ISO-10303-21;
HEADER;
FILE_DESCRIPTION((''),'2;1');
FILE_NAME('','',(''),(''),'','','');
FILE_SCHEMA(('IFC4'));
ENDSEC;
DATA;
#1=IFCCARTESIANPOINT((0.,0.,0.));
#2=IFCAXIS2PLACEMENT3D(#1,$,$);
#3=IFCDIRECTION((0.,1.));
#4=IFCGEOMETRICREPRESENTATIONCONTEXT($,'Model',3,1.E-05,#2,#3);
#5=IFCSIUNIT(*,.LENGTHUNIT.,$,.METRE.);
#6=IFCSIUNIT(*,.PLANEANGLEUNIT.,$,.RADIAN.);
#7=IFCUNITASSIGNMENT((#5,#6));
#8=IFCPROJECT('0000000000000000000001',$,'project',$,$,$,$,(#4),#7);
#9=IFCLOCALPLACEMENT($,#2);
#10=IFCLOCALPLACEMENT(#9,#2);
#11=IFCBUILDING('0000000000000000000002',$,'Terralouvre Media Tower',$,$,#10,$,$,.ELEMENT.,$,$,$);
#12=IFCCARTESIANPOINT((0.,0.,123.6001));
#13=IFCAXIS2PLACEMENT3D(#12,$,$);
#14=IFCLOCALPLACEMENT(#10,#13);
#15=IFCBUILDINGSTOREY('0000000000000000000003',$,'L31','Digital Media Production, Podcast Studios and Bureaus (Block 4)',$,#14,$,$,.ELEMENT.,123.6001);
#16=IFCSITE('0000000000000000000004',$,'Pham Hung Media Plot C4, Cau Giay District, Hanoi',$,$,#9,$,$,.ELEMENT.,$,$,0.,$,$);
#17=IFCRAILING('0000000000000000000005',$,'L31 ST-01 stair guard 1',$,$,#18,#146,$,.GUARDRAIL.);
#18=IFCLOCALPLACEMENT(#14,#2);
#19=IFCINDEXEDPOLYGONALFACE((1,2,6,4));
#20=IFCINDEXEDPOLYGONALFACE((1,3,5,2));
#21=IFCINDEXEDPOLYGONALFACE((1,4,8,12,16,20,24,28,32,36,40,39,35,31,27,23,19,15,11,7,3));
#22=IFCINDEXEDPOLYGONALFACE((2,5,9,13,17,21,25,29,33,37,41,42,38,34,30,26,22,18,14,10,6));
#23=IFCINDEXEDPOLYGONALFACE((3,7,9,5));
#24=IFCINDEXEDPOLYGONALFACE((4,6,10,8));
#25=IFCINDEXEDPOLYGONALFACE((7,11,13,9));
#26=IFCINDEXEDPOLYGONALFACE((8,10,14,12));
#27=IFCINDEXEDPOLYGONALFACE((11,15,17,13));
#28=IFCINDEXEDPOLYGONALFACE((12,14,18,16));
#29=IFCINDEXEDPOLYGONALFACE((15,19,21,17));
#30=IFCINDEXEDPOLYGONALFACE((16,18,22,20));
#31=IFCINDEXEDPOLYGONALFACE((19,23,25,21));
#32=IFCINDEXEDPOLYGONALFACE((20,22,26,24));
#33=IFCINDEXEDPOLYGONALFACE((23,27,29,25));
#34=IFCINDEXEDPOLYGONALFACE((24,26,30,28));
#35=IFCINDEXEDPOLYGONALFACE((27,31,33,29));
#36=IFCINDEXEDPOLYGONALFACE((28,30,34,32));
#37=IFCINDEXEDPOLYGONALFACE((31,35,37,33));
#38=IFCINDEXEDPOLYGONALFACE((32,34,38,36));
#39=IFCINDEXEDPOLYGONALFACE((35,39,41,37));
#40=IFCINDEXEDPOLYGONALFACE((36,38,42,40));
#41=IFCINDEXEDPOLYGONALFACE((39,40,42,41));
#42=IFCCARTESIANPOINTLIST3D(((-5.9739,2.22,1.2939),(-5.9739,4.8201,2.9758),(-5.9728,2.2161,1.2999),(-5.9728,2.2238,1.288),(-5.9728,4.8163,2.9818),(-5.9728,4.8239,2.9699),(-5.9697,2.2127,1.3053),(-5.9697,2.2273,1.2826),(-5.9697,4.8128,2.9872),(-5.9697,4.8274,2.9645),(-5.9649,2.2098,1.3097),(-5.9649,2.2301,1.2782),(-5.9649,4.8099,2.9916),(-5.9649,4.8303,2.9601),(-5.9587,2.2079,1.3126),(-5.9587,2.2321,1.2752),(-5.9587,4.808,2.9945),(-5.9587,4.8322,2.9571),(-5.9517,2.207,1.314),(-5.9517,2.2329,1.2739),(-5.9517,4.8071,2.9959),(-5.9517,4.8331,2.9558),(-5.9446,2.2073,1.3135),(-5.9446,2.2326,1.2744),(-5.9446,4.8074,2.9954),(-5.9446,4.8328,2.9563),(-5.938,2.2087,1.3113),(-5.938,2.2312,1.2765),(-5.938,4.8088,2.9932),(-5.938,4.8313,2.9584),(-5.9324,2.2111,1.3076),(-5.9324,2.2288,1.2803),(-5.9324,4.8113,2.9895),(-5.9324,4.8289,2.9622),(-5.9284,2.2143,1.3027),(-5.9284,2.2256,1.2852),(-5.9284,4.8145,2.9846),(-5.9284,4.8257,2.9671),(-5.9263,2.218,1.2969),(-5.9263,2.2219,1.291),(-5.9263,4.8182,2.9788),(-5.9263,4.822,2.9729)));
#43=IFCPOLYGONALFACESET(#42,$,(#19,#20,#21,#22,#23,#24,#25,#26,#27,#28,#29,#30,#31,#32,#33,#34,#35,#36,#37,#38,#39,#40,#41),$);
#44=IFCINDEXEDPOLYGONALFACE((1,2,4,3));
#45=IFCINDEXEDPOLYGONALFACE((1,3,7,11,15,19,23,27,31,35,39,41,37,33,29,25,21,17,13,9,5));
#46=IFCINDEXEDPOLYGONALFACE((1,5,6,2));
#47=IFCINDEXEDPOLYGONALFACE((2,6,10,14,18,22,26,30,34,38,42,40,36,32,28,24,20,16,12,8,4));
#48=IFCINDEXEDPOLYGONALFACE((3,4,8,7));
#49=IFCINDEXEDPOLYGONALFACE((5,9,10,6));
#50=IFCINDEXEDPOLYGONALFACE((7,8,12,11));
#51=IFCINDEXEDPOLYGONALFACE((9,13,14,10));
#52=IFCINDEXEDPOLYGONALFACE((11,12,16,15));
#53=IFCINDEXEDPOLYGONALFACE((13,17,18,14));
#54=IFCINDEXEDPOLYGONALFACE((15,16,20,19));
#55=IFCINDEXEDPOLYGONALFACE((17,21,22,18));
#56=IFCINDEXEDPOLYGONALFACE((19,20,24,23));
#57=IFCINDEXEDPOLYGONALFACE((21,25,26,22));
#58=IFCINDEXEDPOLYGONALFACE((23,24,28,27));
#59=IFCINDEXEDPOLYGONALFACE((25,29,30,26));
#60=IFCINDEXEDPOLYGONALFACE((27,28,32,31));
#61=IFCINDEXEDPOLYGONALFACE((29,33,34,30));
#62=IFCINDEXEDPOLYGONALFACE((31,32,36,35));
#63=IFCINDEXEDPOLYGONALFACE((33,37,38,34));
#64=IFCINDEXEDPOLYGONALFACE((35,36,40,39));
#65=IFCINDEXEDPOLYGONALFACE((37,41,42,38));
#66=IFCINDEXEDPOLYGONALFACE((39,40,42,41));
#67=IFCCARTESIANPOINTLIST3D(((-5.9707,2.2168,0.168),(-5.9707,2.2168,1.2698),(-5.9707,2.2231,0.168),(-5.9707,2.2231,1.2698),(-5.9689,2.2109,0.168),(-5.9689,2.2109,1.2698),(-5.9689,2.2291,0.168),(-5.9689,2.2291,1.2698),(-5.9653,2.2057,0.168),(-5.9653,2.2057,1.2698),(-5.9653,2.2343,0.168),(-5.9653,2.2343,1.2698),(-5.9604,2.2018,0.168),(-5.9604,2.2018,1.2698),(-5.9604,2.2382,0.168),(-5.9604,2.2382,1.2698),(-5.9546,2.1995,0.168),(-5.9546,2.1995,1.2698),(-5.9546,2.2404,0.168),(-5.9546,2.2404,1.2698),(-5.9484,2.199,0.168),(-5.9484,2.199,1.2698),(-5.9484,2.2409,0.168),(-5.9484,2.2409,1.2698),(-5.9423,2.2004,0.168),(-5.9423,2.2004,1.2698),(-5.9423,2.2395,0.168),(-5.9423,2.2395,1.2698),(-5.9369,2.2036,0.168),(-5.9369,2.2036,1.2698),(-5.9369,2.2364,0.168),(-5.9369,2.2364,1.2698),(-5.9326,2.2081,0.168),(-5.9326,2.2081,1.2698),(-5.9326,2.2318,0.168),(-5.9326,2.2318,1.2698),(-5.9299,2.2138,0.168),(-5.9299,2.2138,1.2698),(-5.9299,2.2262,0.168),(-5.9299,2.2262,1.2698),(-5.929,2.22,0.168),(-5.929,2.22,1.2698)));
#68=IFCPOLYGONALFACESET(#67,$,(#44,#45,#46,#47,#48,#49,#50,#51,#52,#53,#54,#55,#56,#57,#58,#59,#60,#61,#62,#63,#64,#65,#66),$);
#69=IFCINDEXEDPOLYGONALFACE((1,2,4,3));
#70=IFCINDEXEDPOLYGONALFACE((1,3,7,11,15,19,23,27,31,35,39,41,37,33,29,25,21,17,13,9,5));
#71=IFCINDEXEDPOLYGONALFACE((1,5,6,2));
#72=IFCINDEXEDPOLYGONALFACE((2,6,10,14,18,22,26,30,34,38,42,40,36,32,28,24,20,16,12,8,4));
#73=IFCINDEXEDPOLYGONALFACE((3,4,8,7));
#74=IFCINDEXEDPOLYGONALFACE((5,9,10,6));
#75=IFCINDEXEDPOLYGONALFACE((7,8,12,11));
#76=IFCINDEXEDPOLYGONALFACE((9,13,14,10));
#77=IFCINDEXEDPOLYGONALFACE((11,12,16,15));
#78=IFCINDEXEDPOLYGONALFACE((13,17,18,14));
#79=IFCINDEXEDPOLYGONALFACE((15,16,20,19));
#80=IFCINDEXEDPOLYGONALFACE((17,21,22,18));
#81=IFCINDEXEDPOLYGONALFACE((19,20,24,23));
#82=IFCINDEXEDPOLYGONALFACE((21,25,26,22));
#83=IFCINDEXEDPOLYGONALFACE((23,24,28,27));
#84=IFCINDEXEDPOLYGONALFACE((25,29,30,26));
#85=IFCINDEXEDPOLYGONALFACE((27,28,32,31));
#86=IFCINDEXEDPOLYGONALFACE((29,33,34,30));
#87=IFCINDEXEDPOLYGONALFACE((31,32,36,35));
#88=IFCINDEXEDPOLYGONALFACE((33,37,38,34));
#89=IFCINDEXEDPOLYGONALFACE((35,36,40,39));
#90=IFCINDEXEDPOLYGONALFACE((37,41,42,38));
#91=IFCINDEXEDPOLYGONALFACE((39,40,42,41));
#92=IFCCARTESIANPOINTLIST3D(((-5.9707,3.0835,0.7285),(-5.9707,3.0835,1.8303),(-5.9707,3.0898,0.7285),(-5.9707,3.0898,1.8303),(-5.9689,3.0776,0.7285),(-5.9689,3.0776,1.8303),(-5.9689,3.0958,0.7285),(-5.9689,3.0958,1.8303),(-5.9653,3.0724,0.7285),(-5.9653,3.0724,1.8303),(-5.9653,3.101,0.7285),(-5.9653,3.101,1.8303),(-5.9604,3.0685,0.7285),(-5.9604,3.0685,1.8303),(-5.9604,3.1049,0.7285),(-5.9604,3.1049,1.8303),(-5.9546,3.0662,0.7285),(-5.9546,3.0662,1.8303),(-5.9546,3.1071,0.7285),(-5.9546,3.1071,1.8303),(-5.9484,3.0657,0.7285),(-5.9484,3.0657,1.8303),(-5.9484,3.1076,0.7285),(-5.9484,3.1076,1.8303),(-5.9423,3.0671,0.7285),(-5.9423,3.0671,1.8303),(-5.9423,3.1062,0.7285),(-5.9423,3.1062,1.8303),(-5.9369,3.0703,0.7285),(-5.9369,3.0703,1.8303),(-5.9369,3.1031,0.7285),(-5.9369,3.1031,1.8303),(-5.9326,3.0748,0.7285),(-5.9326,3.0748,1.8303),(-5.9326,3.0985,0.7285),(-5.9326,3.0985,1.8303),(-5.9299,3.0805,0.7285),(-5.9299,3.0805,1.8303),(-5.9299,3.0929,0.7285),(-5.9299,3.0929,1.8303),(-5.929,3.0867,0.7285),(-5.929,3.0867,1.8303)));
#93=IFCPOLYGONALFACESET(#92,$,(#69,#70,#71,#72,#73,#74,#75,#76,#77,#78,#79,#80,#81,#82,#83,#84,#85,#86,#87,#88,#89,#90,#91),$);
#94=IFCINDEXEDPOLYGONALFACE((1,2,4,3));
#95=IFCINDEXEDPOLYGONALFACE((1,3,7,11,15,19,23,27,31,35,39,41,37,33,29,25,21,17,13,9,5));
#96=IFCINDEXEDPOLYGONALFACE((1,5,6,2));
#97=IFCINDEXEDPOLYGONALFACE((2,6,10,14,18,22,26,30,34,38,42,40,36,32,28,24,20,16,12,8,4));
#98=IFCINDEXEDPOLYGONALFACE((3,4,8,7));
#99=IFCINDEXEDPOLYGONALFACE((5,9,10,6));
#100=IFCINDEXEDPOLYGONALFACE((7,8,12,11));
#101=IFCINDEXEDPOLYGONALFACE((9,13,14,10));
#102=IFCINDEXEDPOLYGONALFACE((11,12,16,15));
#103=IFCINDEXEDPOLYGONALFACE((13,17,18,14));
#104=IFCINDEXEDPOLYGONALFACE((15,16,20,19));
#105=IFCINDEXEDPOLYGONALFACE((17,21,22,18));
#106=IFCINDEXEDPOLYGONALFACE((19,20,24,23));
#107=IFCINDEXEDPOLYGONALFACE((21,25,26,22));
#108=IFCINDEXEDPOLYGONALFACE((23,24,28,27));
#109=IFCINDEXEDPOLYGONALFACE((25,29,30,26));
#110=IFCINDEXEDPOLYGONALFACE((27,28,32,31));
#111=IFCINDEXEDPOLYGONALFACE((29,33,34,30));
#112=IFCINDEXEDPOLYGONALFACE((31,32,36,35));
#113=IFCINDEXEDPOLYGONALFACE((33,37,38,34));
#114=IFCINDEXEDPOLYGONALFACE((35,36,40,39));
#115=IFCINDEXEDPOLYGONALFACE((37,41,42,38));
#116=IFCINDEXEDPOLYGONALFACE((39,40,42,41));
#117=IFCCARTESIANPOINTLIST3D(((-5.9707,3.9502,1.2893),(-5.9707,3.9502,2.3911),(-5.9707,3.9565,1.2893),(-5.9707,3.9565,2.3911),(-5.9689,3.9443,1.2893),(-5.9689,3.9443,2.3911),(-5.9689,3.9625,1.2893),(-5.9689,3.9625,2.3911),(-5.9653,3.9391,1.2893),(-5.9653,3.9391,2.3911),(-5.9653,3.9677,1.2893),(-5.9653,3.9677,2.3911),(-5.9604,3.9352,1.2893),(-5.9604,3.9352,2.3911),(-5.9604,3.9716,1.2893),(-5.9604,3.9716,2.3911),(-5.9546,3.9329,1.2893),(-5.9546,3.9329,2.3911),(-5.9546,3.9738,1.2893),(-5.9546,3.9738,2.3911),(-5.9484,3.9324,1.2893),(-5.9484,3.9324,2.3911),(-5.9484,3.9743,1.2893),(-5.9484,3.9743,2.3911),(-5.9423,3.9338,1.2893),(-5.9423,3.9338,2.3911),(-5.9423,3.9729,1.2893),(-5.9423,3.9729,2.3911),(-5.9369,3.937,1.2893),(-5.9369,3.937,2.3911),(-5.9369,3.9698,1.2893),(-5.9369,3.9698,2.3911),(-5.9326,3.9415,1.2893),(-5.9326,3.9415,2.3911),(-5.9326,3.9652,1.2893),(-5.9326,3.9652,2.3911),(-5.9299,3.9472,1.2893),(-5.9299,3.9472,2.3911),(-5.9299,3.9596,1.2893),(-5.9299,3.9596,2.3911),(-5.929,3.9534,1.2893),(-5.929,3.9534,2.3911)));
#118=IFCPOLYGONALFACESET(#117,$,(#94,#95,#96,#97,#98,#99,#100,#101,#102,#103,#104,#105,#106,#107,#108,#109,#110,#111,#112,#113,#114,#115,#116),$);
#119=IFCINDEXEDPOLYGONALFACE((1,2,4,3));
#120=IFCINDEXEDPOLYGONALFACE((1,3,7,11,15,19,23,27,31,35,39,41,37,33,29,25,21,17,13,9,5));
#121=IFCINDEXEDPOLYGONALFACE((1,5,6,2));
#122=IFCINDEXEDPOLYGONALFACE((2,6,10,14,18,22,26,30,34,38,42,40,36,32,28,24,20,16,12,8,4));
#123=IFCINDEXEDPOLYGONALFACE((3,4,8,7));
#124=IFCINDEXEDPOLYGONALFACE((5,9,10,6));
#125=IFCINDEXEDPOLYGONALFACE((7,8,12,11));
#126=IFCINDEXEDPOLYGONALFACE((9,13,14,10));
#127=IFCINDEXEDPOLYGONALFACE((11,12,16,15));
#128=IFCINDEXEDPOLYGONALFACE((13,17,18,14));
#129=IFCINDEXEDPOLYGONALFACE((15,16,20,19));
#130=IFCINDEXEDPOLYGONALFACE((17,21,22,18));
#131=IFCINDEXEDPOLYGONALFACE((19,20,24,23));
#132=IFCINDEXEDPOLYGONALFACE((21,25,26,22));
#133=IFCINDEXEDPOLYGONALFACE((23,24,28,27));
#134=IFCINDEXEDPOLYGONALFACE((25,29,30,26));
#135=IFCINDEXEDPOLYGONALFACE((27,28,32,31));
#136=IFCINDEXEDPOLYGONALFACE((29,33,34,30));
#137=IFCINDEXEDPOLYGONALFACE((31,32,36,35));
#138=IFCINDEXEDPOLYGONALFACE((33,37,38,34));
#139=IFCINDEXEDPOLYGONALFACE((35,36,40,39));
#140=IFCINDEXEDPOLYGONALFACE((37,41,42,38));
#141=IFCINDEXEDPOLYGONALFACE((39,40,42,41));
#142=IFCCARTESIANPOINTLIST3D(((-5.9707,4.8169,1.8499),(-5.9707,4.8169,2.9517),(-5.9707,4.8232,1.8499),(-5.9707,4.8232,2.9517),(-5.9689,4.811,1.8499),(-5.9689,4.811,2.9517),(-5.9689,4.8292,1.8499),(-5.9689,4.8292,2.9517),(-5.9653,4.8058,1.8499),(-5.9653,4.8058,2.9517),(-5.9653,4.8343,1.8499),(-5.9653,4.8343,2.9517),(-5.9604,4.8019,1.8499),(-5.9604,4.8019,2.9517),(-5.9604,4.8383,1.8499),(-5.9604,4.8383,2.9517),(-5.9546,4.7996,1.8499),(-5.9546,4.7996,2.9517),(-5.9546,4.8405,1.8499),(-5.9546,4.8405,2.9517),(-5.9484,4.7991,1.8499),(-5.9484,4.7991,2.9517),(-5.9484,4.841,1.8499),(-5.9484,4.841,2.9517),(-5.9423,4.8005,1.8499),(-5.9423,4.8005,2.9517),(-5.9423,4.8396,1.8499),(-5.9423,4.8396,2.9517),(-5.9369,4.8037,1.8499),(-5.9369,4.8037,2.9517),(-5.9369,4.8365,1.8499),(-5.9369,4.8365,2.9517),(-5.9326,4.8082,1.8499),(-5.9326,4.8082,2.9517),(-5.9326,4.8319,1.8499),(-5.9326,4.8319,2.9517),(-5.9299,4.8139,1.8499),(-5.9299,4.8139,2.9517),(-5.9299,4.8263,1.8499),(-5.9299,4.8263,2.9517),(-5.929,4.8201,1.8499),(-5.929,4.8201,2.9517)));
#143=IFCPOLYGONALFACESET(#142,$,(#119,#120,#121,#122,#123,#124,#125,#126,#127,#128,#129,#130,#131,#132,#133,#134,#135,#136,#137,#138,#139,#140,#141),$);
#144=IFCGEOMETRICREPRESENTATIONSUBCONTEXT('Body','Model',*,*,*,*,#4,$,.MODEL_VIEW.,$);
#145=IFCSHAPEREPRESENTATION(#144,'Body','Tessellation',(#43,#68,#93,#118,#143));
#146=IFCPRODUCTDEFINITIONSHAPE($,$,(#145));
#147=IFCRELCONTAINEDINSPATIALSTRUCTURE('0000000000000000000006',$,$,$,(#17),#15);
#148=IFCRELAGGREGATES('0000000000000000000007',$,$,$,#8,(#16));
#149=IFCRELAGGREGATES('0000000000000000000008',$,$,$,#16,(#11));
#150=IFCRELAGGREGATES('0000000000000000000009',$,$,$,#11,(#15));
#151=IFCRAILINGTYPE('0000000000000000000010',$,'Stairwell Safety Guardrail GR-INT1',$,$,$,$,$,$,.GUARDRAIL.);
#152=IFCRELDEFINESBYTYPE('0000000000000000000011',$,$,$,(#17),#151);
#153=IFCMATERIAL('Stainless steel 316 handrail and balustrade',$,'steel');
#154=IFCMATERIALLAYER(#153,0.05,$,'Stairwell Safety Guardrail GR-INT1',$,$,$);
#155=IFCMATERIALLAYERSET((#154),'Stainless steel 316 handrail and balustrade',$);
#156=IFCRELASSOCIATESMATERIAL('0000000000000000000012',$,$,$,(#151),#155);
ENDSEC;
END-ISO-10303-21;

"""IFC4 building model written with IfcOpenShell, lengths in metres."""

from ifc_helpers import new_model, si_unit, direction, frame, origin, origin_2d, place, context, subcontext, project, spatial, circle, extrude, material, layer, layer_set, type_object, element, save


model = new_model("IFC4")

# Units and contexts
model_context = context("Model", 3, precision=1e-05, world=origin(), true_north=direction((0.0, 1.0)))
body_context = subcontext(model_context, "Body", "Model", "MODEL_VIEW")
ifc_project = project(units=[si_unit("LENGTHUNIT", "METRE"), si_unit("PLANEANGLEUNIT", "RADIAN")], contexts=[model_context])

# Site, building, storey
site_placement = place(None, origin())
site = spatial("IfcSite", under=ifc_project, at=site_placement, Name="Pham Hung Media Plot C4, Cau Giay District, Hanoi", CompositionType="ELEMENT", RefElevation=0.0)
building_placement = place(site_placement, origin())
building = spatial("IfcBuilding", under=site, at=building_placement, Name="Terralouvre Media Tower", CompositionType="ELEMENT")
storey_placement = place(building_placement, frame((0.0, 0.0, 123.6001)))
storey = spatial("IfcBuildingStorey", under=building, at=storey_placement, Name="L31", Description="Digital Media Production, Podcast Studios and Bureaus (Block 4)", CompositionType="ELEMENT", Elevation=123.6001)

# Railing
ifc_material_1 = material(Name="Stainless steel 316 handrail and balustrade", Category="steel")
ifc_layer_1 = layer(ifc_material_1, 0.05, Name="Stairwell Safety Guardrail GR-INT1")
ifc_layer_set_1 = layer_set([ifc_layer_1], Name="Stainless steel 316 handrail and balustrade")
railing_type_1 = type_object("IfcRailingType", Name="Stairwell Safety Guardrail GR-INT1", PredefinedType="GUARDRAIL", material=ifc_layer_set_1)
railing_1_placement = place(storey_placement, frame((-5.95, 2.22, 0.168)))
element("IfcRailing", 1, at=railing_1_placement, inside=storey, type_object=railing_type_1, Name="L31 ST-01 stair guard 1", PredefinedType="GUARDRAIL", context=body_context, shape_type="SweptSolid", body=[
    extrude(circle(Radius=0.0239, at=origin_2d()), frame((0.0, 0.0, 1.126), z_axis=(0.0, 0.839648, 0.54313), x_axis=(-1.0, 0.0, 0.0)), (0.0, 0.0, 1.0), 3.0967),
    extrude(circle(Radius=0.021, at=origin_2d()), origin(), (0.0, 0.0, 1.0), 1.1018),
    extrude(circle(Radius=0.021, at=origin_2d()), frame((0.0, 0.8667, 0.5605)), (0.0, 0.0, 1.0), 1.1018),
    extrude(circle(Radius=0.021, at=origin_2d()), frame((0.0, 1.7334, 1.1213)), (0.0, 0.0, 1.0), 1.1018),
    extrude(circle(Radius=0.021, at=origin_2d()), frame((0.0, 2.6001, 1.6819)), (0.0, 0.0, 1.0), 1.1018),
])

save(model, "model.ifc")
